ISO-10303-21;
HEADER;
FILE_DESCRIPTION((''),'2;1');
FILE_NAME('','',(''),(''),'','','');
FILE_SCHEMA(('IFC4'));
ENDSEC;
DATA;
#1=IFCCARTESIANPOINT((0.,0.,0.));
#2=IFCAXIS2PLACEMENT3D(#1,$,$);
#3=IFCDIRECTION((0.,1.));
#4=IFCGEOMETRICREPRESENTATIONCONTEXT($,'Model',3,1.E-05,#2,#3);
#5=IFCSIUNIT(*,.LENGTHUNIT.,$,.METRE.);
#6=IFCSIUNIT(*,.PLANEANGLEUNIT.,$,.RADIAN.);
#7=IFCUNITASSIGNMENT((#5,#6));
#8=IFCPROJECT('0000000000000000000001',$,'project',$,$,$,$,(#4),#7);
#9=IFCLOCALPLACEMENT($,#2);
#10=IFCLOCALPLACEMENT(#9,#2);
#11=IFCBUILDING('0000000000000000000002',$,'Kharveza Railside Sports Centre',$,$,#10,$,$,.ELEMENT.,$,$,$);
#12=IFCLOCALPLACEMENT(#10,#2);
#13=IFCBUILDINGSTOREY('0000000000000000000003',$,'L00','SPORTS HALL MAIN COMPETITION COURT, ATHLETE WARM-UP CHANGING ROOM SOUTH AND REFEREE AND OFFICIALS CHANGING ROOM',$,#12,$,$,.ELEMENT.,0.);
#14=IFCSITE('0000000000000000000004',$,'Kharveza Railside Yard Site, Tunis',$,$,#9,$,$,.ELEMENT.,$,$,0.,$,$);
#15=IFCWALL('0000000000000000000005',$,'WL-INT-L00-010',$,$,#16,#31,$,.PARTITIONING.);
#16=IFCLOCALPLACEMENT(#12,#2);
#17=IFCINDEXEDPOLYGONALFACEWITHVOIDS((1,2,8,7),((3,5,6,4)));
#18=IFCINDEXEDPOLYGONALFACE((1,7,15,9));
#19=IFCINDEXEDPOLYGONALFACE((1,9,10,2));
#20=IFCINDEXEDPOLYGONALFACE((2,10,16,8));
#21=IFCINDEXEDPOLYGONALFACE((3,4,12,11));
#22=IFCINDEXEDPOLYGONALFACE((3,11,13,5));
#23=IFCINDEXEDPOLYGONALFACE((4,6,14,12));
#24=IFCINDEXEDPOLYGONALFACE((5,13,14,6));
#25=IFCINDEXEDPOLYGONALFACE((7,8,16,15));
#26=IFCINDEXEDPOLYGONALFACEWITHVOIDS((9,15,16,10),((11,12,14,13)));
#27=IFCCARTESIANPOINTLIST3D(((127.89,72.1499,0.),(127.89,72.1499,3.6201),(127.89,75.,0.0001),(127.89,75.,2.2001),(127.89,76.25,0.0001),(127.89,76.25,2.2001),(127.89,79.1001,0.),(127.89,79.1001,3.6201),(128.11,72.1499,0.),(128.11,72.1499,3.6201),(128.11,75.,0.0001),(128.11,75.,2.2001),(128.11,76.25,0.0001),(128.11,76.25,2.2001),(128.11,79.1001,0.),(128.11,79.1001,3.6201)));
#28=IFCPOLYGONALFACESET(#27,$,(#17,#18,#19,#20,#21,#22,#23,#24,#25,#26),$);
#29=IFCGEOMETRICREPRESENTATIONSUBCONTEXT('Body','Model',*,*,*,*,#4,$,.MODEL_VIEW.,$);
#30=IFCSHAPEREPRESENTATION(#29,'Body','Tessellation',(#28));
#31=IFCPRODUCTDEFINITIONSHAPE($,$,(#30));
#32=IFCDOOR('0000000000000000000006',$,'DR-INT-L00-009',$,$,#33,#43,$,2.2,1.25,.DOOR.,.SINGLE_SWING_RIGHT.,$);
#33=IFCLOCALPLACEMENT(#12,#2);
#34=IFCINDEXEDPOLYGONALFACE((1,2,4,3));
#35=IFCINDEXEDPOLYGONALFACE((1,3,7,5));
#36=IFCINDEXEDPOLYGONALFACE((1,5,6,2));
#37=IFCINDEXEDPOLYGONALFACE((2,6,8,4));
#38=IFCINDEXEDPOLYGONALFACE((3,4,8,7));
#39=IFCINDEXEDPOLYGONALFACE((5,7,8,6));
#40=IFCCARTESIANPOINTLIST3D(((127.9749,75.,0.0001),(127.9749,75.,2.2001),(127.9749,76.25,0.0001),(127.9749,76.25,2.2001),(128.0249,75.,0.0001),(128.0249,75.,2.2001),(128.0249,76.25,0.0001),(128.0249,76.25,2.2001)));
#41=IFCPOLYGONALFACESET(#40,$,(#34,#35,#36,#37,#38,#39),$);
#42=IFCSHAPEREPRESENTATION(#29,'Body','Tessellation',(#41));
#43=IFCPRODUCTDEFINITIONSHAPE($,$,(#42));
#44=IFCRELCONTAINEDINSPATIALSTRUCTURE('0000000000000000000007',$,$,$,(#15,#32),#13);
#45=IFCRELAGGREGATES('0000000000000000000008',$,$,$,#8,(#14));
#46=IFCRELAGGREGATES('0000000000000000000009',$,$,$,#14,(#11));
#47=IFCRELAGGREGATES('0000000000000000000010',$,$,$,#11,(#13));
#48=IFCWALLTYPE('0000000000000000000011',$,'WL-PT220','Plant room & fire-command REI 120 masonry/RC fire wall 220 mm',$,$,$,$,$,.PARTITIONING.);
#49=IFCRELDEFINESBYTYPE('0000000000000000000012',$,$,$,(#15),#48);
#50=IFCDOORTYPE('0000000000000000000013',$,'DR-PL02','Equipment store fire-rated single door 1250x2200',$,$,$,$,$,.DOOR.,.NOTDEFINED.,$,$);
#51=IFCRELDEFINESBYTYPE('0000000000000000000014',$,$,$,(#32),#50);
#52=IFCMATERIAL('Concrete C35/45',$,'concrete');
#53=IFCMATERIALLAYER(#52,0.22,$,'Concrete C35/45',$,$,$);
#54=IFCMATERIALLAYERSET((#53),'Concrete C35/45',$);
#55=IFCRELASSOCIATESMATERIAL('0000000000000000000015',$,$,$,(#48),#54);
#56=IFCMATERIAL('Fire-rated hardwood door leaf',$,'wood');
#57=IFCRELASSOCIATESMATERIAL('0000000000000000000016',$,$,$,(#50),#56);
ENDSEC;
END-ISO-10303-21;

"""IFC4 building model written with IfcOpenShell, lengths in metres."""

from ifc_helpers import new_model, si_unit, direction, frame, frame_2d, origin, place, context, subcontext, project, spatial, rectangle, extrude, material, layer, layer_set, type_object, element, fill, save


model = new_model("IFC4")

# Units and contexts
model_context = context("Model", 3, precision=1e-05, world=origin(), true_north=direction((0.0, 1.0)))
body_context = subcontext(model_context, "Body", "Model", "MODEL_VIEW")
ifc_project = project(units=[si_unit("LENGTHUNIT", "METRE"), si_unit("PLANEANGLEUNIT", "RADIAN")], contexts=[model_context])

# Site, building, storey
site_placement = place(None, origin())
site = spatial("IfcSite", under=ifc_project, at=site_placement, Name="Kharveza Railside Yard Site, Tunis", CompositionType="ELEMENT", RefElevation=0.0)
building_placement = place(site_placement, origin())
building = spatial("IfcBuilding", under=site, at=building_placement, Name="Kharveza Railside Sports Centre", CompositionType="ELEMENT")
storey_placement = place(building_placement, origin())
storey = spatial("IfcBuildingStorey", under=building, at=storey_placement, Name="L00", Description="SPORTS HALL MAIN COMPETITION COURT, ATHLETE WARM-UP CHANGING ROOM SOUTH AND REFEREE AND OFFICIALS CHANGING ROOM", CompositionType="ELEMENT", Elevation=0.0)

# Shared definitions
ifc_material_1 = material(Name="Concrete C35/45", Category="concrete")

# Wall, opening, door
ifc_layer_1 = layer(ifc_material_1, 0.22, Name="Concrete C35/45")
ifc_layer_set_1 = layer_set([ifc_layer_1], Name="Concrete C35/45")
wall_type_1 = type_object("IfcWallType", Name="WL-PT220", Description="Plant room & fire-command REI 120 masonry/RC fire wall 220 mm", PredefinedType="PARTITIONING", material=ifc_layer_set_1)
wall_1_placement = place(storey_placement, frame((128.0, 72.1499, 0.0), z_axis=(0.0, 0.0, 1.0), x_axis=(0.0, 1.0, 0.0)))
wall_1 = element("IfcWall", 1, at=wall_1_placement, inside=storey, type_object=wall_type_1, Name="WL-INT-L00-010", PredefinedType="PARTITIONING", context=body_context, shape_type="SweptSolid", body=[
    extrude(rectangle(XDim=6.9502, YDim=0.22, at=frame_2d((3.4751, 0.0))), origin(), (0.0, 0.0, 1.0), 3.6201),
])
opening_1_placement = place(wall_1_placement, frame((2.8501, 0.0, 0.0)))
opening_1 = element("IfcOpeningElement", 2, at=opening_1_placement, cuts=wall_1, PredefinedType="OPENING", context=body_context, shape_type="SweptSolid", body=[
    extrude(rectangle(XDim=1.25, YDim=2.2, at=frame_2d((0.625, 1.1001))), frame((0.0, 0.1348, 0.0), z_axis=(0.0, -1.0, 0.0), x_axis=(1.0, 0.0, 0.0)), (0.0, 0.0, 1.0), 0.2698),
])
ifc_material_2 = material(Name="Fire-rated hardwood door leaf", Category="wood")
door_type = type_object("IfcDoorType", Name="DR-PL02", Description="Equipment store fire-rated single door 1250x2200", OperationType="NOTDEFINED", PredefinedType="DOOR", material=ifc_material_2)
door_placement = place(opening_1_placement, frame((1.25, 0.0, 0.0), z_axis=(0.0, 0.0, 1.0), x_axis=(-1.0, 0.0, 0.0)))
door = element("IfcDoor", 3, at=door_placement, inside=storey, type_object=door_type, Name="DR-INT-L00-009", OperationType="SINGLE_SWING_RIGHT", OverallHeight=2.2, OverallWidth=1.25, PredefinedType="DOOR", context=body_context, shape_type="SweptSolid", body=[
    extrude(rectangle(XDim=1.25, YDim=2.2, at=frame_2d((0.625, 1.1001))), frame((0.0, 0.0249, 0.0), z_axis=(0.0, -1.0, 0.0), x_axis=(1.0, 0.0, 0.0)), (0.0, 0.0, 1.0), 0.05),
])
fill(opening_1, door)

save(model, "model.ifc")
